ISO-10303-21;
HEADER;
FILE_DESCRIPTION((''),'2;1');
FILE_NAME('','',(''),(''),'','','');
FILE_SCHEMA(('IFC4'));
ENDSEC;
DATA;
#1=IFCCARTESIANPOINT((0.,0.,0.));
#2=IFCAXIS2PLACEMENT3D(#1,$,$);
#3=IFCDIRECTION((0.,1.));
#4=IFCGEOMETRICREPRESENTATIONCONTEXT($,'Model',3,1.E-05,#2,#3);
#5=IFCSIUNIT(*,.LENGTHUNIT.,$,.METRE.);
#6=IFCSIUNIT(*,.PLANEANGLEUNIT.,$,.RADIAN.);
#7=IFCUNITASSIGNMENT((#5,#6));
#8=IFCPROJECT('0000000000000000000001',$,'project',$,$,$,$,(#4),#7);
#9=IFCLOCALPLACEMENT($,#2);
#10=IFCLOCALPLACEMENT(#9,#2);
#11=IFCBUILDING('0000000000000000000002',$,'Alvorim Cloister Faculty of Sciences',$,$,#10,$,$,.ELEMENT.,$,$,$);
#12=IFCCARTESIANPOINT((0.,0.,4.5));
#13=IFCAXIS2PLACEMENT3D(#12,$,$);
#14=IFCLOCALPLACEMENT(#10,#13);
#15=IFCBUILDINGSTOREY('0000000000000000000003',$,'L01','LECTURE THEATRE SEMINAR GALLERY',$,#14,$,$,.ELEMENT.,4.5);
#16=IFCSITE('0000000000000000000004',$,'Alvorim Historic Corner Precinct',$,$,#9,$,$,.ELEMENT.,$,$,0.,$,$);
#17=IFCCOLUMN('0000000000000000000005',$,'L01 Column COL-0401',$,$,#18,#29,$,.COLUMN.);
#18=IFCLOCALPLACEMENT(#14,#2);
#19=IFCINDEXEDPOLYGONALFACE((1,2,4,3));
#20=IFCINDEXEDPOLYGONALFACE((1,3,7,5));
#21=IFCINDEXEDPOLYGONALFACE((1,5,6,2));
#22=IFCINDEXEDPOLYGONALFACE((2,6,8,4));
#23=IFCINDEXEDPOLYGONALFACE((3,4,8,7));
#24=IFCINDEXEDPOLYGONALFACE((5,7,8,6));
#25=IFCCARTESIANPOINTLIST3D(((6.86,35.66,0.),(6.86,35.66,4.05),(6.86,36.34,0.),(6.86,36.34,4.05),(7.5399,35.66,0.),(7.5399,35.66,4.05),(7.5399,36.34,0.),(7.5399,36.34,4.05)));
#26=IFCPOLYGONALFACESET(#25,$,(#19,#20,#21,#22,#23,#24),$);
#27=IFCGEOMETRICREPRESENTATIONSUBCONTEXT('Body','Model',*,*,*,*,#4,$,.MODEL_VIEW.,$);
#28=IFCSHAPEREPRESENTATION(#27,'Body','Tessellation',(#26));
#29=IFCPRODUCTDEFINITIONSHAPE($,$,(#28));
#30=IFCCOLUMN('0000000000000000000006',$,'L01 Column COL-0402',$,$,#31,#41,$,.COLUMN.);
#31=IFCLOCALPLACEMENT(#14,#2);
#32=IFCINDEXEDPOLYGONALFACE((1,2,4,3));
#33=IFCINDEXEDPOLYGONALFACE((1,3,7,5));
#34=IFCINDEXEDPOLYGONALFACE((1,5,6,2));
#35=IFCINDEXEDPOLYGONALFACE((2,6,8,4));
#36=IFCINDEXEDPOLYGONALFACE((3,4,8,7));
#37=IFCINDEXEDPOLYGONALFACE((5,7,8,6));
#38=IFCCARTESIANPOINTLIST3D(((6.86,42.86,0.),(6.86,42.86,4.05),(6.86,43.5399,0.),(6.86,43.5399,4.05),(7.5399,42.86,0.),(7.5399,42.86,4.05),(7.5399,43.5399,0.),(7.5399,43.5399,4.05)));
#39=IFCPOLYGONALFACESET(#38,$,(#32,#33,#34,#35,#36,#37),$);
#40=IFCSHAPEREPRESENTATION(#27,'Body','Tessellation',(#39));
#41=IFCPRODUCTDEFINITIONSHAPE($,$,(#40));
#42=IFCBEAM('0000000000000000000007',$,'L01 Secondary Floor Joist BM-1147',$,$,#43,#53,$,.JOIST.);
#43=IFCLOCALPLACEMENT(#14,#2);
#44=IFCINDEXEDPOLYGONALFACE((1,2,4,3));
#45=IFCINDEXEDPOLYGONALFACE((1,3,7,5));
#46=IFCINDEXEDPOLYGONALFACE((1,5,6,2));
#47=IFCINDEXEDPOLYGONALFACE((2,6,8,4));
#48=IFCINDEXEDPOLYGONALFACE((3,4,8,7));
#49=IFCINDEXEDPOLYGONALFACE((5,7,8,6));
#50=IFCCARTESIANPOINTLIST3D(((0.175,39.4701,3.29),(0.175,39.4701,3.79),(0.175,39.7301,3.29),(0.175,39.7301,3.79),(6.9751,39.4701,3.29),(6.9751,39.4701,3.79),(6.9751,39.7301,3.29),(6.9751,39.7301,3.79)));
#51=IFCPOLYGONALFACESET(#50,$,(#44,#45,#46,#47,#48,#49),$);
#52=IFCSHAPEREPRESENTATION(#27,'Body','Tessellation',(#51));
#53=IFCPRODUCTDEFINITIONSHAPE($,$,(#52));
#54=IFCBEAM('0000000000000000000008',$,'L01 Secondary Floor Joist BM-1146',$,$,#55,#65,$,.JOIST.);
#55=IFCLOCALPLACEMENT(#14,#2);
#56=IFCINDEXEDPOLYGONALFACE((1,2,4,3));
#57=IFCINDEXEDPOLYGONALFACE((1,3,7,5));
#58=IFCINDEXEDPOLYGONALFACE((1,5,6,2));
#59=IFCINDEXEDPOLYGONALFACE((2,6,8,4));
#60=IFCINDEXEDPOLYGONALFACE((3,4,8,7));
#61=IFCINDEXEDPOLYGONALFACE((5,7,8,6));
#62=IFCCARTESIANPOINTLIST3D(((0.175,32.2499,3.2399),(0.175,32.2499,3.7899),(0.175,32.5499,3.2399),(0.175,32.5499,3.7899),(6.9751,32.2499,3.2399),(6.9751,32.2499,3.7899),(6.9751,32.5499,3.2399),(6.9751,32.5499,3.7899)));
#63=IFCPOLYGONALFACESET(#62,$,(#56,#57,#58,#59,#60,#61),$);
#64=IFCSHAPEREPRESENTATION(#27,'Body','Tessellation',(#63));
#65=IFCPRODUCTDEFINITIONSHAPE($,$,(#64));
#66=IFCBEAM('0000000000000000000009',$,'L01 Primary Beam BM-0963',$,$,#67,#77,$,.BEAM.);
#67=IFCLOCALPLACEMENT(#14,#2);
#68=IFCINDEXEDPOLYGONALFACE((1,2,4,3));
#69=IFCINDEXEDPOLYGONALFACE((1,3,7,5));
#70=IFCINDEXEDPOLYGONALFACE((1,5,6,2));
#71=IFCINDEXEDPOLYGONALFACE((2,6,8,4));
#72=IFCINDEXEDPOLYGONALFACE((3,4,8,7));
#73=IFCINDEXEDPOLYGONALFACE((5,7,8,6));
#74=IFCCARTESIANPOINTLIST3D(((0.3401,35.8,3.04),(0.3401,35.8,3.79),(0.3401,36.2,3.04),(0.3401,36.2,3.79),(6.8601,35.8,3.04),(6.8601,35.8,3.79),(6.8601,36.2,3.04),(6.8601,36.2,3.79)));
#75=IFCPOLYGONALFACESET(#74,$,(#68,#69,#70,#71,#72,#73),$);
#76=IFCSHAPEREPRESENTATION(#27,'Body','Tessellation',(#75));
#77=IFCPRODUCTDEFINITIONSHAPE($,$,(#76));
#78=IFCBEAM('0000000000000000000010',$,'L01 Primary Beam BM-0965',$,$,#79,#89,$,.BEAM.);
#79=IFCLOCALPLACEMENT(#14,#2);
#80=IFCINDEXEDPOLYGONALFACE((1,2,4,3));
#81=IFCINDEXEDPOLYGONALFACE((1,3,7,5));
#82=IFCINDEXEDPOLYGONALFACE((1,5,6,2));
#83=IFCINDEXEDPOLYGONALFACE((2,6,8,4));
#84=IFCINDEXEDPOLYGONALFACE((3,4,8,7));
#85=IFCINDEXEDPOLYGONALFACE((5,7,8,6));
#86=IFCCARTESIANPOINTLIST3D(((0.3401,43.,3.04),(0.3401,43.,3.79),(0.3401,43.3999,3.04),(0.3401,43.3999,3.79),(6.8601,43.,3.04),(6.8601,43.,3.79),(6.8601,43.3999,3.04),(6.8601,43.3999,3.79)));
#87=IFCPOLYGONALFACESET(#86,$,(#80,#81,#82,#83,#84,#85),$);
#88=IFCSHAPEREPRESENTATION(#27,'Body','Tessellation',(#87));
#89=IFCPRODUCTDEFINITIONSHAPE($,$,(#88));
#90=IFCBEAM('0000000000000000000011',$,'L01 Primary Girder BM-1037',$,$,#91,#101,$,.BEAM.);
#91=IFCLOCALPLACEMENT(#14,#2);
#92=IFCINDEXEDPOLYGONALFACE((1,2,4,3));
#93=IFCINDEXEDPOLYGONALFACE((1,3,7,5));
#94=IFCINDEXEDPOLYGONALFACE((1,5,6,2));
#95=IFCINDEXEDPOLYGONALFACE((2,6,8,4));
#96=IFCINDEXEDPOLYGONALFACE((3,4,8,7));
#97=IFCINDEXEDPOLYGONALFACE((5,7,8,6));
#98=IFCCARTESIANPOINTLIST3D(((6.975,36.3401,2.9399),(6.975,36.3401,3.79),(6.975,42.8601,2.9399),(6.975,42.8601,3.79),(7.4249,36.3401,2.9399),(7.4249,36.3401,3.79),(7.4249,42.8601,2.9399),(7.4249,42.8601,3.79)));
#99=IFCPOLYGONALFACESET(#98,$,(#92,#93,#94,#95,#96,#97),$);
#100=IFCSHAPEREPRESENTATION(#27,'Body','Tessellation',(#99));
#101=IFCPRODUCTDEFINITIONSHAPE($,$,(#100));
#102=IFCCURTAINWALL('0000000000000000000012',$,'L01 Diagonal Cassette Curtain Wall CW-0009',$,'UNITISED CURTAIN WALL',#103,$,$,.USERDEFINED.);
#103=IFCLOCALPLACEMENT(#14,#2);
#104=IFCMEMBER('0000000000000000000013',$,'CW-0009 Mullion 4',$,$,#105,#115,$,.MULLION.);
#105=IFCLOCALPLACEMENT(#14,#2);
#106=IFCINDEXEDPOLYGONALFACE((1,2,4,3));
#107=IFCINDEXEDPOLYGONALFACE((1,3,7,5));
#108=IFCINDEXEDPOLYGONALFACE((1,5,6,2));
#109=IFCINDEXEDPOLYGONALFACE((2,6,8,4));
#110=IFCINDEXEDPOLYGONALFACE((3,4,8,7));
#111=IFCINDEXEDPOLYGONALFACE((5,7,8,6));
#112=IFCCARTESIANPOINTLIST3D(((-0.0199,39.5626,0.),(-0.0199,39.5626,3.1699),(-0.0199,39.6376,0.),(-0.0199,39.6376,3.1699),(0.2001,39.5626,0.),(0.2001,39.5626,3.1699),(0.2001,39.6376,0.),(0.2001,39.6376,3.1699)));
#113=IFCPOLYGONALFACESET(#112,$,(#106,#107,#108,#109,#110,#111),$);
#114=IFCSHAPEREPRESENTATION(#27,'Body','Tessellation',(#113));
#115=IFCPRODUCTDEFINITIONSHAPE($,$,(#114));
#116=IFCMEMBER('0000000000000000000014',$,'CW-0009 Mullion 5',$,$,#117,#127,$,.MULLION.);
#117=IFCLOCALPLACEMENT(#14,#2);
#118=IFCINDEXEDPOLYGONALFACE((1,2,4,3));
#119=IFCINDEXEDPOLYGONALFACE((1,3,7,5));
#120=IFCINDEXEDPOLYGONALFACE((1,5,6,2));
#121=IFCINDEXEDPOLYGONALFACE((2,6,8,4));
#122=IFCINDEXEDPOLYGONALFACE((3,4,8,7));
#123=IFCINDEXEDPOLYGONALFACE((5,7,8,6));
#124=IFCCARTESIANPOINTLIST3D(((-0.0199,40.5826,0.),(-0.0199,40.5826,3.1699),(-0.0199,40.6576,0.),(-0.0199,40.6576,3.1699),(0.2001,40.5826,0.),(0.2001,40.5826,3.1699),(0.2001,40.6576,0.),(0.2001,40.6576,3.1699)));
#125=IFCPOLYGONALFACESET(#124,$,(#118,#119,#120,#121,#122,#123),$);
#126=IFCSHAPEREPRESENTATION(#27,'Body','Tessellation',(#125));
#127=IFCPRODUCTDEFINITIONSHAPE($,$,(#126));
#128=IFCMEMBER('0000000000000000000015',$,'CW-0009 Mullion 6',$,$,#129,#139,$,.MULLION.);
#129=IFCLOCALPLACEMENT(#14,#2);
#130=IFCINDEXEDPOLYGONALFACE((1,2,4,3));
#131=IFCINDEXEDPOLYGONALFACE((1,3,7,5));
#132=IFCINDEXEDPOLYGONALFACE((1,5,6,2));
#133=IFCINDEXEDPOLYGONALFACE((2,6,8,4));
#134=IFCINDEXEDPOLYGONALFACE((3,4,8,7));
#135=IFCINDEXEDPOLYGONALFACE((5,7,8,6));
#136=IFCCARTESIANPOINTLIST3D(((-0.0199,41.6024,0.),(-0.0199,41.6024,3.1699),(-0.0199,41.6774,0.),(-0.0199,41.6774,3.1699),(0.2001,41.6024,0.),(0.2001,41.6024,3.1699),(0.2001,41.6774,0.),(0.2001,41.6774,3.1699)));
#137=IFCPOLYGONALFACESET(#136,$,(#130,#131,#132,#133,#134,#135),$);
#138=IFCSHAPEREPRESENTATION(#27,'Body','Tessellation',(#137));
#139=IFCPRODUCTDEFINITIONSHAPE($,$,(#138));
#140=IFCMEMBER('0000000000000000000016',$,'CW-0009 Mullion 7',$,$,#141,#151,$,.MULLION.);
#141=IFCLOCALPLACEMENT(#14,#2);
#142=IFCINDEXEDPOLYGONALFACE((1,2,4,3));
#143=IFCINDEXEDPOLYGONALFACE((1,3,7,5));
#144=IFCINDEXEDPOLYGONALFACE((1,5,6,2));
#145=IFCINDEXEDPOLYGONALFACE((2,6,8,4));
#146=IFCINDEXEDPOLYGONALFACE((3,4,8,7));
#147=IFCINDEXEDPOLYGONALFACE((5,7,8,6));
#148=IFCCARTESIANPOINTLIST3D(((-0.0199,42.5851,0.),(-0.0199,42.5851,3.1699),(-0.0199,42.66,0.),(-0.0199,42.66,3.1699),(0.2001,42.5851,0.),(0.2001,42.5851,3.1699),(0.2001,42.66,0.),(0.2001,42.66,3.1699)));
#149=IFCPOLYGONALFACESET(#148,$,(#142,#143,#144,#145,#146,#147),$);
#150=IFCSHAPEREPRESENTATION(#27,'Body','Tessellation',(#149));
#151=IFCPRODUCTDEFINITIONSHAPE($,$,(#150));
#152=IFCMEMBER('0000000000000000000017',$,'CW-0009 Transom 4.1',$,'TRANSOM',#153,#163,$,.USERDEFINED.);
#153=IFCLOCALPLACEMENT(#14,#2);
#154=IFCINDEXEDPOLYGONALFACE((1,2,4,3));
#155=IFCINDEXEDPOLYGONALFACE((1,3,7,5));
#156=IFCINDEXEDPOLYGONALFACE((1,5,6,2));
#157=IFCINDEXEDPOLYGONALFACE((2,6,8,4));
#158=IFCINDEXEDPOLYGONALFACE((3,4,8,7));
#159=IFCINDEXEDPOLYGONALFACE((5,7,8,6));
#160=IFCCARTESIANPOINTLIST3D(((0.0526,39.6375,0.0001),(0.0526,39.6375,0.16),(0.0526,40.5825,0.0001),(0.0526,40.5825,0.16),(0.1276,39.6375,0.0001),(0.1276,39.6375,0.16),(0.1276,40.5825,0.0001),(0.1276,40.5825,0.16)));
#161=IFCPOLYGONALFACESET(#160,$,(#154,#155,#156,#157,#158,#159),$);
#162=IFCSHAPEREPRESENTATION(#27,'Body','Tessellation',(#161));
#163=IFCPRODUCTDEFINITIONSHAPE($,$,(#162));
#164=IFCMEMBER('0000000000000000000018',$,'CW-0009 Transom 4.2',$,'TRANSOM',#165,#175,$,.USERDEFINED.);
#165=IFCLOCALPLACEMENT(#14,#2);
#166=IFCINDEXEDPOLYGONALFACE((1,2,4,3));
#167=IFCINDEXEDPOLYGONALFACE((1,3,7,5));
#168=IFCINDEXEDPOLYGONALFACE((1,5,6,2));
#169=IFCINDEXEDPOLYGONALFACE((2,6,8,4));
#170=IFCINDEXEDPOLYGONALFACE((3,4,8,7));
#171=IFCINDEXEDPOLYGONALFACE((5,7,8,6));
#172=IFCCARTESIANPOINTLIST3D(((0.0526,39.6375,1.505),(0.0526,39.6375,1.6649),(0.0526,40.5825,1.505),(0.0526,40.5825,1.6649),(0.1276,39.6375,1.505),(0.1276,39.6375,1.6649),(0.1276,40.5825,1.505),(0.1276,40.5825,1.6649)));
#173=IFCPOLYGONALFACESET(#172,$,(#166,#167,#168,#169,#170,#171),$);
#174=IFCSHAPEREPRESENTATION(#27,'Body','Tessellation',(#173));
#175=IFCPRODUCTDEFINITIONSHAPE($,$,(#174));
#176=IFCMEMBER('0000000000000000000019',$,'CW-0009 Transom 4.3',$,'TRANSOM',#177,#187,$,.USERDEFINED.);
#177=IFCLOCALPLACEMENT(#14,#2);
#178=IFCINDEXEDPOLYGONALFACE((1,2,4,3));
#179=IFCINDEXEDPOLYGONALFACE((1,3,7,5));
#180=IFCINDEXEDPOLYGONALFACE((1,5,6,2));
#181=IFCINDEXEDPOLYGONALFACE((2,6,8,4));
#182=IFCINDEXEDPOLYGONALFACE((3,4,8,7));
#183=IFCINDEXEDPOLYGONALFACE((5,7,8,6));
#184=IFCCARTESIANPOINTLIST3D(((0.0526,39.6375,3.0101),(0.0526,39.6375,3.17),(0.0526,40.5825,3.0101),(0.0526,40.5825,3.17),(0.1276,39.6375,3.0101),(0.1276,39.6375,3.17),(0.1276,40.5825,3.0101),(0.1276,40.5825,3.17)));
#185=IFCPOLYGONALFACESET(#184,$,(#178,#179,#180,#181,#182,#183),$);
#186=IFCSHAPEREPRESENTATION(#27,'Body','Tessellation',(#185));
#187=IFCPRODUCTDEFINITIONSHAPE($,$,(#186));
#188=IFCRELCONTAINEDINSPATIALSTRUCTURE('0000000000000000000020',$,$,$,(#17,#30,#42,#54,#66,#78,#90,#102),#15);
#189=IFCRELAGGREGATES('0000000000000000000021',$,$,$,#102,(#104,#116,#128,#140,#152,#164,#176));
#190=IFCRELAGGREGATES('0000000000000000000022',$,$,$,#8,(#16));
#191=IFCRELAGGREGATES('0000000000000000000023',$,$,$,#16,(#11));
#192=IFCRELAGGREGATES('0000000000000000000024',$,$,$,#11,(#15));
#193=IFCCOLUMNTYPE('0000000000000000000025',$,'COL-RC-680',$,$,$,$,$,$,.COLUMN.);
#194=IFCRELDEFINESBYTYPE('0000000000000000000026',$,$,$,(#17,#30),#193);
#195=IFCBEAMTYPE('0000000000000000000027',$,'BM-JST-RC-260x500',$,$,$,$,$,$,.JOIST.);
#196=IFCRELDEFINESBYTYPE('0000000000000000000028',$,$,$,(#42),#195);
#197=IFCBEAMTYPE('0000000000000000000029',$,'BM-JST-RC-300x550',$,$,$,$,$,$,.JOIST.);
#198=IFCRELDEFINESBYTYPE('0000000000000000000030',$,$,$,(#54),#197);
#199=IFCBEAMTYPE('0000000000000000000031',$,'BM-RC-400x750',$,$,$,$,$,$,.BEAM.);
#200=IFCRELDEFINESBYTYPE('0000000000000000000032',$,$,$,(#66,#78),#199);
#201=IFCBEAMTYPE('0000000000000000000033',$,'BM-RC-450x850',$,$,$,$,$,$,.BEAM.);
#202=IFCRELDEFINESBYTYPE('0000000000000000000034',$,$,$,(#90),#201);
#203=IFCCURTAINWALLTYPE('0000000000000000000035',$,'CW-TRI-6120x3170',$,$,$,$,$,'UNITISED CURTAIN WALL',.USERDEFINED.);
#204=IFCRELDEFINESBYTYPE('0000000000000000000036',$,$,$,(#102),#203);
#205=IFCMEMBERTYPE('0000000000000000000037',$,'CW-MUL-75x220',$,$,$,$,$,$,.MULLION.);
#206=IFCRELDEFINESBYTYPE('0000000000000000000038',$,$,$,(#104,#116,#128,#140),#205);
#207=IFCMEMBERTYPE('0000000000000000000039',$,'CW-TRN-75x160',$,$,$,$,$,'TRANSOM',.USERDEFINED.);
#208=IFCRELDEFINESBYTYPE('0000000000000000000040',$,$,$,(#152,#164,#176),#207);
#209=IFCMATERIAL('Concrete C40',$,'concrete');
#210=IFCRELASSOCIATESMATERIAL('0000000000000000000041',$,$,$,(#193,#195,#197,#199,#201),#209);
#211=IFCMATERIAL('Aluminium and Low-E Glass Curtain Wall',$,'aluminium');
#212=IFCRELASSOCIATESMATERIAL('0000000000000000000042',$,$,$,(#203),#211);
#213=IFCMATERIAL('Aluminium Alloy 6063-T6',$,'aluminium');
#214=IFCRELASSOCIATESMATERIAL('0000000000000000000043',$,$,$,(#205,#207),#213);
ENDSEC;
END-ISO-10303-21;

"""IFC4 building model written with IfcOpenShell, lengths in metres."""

from ifc_helpers import new_model, si_unit, direction, frame, origin, origin_2d, place, context, subcontext, project, spatial, rectangle, extrude, material, material_profile, profile_set, type_object, element, aggregate, save


model = new_model("IFC4")

# Units and contexts
model_context = context("Model", 3, precision=1e-05, world=origin(), true_north=direction((0.0, 1.0)))
body_context = subcontext(model_context, "Body", "Model", "MODEL_VIEW")
ifc_project = project(units=[si_unit("LENGTHUNIT", "METRE"), si_unit("PLANEANGLEUNIT", "RADIAN")], contexts=[model_context])

# Site, building, storey
site_placement = place(None, origin())
site = spatial("IfcSite", under=ifc_project, at=site_placement, Name="Alvorim Historic Corner Precinct", CompositionType="ELEMENT", RefElevation=0.0)
building_placement = place(site_placement, origin())
building = spatial("IfcBuilding", under=site, at=building_placement, Name="Alvorim Cloister Faculty of Sciences", CompositionType="ELEMENT")
storey_placement = place(building_placement, frame((0.0, 0.0, 4.5)))
storey = spatial("IfcBuildingStorey", under=building, at=storey_placement, Name="L01", Description="LECTURE THEATRE SEMINAR GALLERY", CompositionType="ELEMENT", Elevation=4.5)

# Columns
ifc_material_1 = material(Name="Concrete C40", Category="concrete")
ifc_material_profile_1 = material_profile(ifc_material_1, rectangle(XDim=0.6799, YDim=0.6799, at=origin_2d()), Name="RC40-COL-680x680")
ifc_profile_set_1 = profile_set([ifc_material_profile_1], Name="Concrete C40")
column_type = type_object("IfcColumnType", Name="COL-RC-680", PredefinedType="COLUMN", material=ifc_profile_set_1)
for number, where, z_axis, x_axis, name in (
    (1, (7.2, 36.0, 0.0), (0.0, 0.0, 1.0), (1.0, 0.0, 0.0), "L01 Column COL-0401"),
    (2, (7.2, 43.2, 0.0), (0.0, 0.0, 1.0), (1.0, 0.0, 0.0), "L01 Column COL-0402"),
):
    element("IfcColumn", number, at=place(storey_placement, frame(where, z_axis=z_axis, x_axis=x_axis)), inside=storey, type_object=column_type, Name=name, PredefinedType="COLUMN", context=body_context, shape_type="SweptSolid", body=[
        extrude(rectangle(XDim=0.6799, YDim=0.6799, at=origin_2d()), origin(), (0.0, 0.0, 1.0), 4.05),
    ])

# Beams
ifc_material_profile_2 = material_profile(ifc_material_1, rectangle(XDim=0.26, YDim=0.5, at=origin_2d()), Name="RC40-JST-260x500")
ifc_profile_set_2 = profile_set([ifc_material_profile_2], Name="Concrete C40")
beam_type_1 = type_object("IfcBeamType", Name="BM-JST-RC-260x500", PredefinedType="JOIST", material=ifc_profile_set_2)
beam_1_placement = place(storey_placement, frame((0.175, 39.6001, 3.54), z_axis=(1.0, 0.0, 0.0), x_axis=(0.0, 1.0, 0.0)))
element("IfcBeam", 3, at=beam_1_placement, inside=storey, type_object=beam_type_1, Name="L01 Secondary Floor Joist BM-1147", PredefinedType="JOIST", context=body_context, shape_type="SweptSolid", body=[
    extrude(rectangle(XDim=0.26, YDim=0.5, at=origin_2d()), origin(), (0.0, 0.0, 1.0), 6.8),
])
ifc_material_profile_3 = material_profile(ifc_material_1, rectangle(XDim=0.3, YDim=0.55, at=origin_2d()), Name="RC40-JST-300x550")
ifc_profile_set_3 = profile_set([ifc_material_profile_3], Name="Concrete C40")
beam_type_2 = type_object("IfcBeamType", Name="BM-JST-RC-300x550", PredefinedType="JOIST", material=ifc_profile_set_3)
beam_2_placement = place(storey_placement, frame((0.175, 32.3999, 3.5149), z_axis=(1.0, 0.0, 0.0), x_axis=(0.0, 1.0, 0.0)))
element("IfcBeam", 4, at=beam_2_placement, inside=storey, type_object=beam_type_2, Name="L01 Secondary Floor Joist BM-1146", PredefinedType="JOIST", context=body_context, shape_type="SweptSolid", body=[
    extrude(rectangle(XDim=0.3, YDim=0.55, at=origin_2d()), origin(), (0.0, 0.0, 1.0), 6.8),
])
ifc_material_profile_4 = material_profile(ifc_material_1, rectangle(XDim=0.3999, YDim=0.75, at=origin_2d()), Name="RC40-BM-400x750")
ifc_profile_set_4 = profile_set([ifc_material_profile_4], Name="Concrete C40")
beam_type_3 = type_object("IfcBeamType", Name="BM-RC-400x750", PredefinedType="BEAM", material=ifc_profile_set_4)
for number, where, z_axis, x_axis, name in (
    (5, (0.3401, 36.0, 3.415), (1.0, 0.0, 0.0), (0.0, 1.0, 0.0), "L01 Primary Beam BM-0963"),
    (6, (0.3401, 43.2, 3.415), (1.0, 0.0, 0.0), (0.0, 1.0, 0.0), "L01 Primary Beam BM-0965"),
):
    element("IfcBeam", number, at=place(storey_placement, frame(where, z_axis=z_axis, x_axis=x_axis)), inside=storey, type_object=beam_type_3, Name=name, PredefinedType="BEAM", context=body_context, shape_type="SweptSolid", body=[
        extrude(rectangle(XDim=0.3999, YDim=0.75, at=origin_2d()), origin(), (0.0, 0.0, 1.0), 6.52),
    ])
ifc_material_profile_5 = material_profile(ifc_material_1, rectangle(XDim=0.45, YDim=0.8501, at=origin_2d()), Name="RC40-BM-450x850")
ifc_profile_set_5 = profile_set([ifc_material_profile_5], Name="Concrete C40")
beam_type_4 = type_object("IfcBeamType", Name="BM-RC-450x850", PredefinedType="BEAM", material=ifc_profile_set_5)
beam_3_placement = place(storey_placement, frame((7.2, 36.3401, 3.365), z_axis=(0.0, 1.0, 0.0), x_axis=(-1.0, 0.0, 0.0)))
element("IfcBeam", 7, at=beam_3_placement, inside=storey, type_object=beam_type_4, Name="L01 Primary Girder BM-1037", PredefinedType="BEAM", context=body_context, shape_type="SweptSolid", body=[
    extrude(rectangle(XDim=0.45, YDim=0.8501, at=origin_2d()), origin(), (0.0, 0.0, 1.0), 6.52),
])

# Curtain wall, members
ifc_material_2 = material(Name="Aluminium and Low-E Glass Curtain Wall", Category="aluminium")
curtain_wall_type = type_object("IfcCurtainWallType", Name="CW-TRI-6120x3170", ElementType="UNITISED CURTAIN WALL", PredefinedType="USERDEFINED", material=ifc_material_2)
curtain_wall_placement = place(storey_placement, origin())
curtain_wall = element("IfcCurtainWall", 8, at=curtain_wall_placement, inside=storey, type_object=curtain_wall_type, Name="L01 Diagonal Cassette Curtain Wall CW-0009", ObjectType="UNITISED CURTAIN WALL", PredefinedType="USERDEFINED")
ifc_material_3 = material(Name="Aluminium Alloy 6063-T6", Category="aluminium")
ifc_material_profile_6 = material_profile(ifc_material_3, rectangle(XDim=0.075, YDim=0.22, at=origin_2d()), Name="ALU-MUL-75x220")
ifc_profile_set_6 = profile_set([ifc_material_profile_6], Name="Aluminium Alloy 6063-T6")
member_type_1 = type_object("IfcMemberType", Name="CW-MUL-75x220", PredefinedType="MULLION", material=ifc_profile_set_6)
member_1_placement = place(storey_placement, frame((0.0901, 39.6001, 0.0), z_axis=(0.0, 0.0, 1.0), x_axis=(0.0, 1.0, 0.0)))
member_1 = element("IfcMember", 9, at=member_1_placement, type_object=member_type_1, Name="CW-0009 Mullion 4", PredefinedType="MULLION", context=body_context, shape_type="SweptSolid", body=[
    extrude(rectangle(XDim=0.075, YDim=0.22, at=origin_2d()), origin(), (0.0, 0.0, 1.0), 3.1699),
])
member_2_placement = place(storey_placement, frame((0.0901, 40.6201, 0.0), z_axis=(0.0, 0.0, 1.0), x_axis=(0.0, 1.0, 0.0)))
member_2 = element("IfcMember", 10, at=member_2_placement, type_object=member_type_1, Name="CW-0009 Mullion 5", PredefinedType="MULLION", context=body_context, shape_type="SweptSolid", body=[
    extrude(rectangle(XDim=0.075, YDim=0.22, at=origin_2d()), origin(), (0.0, 0.0, 1.0), 3.1699),
])
member_3_placement = place(storey_placement, frame((0.0901, 41.6399, 0.0), z_axis=(0.0, 0.0, 1.0), x_axis=(0.0, 1.0, 0.0)))
member_3 = element("IfcMember", 11, at=member_3_placement, type_object=member_type_1, Name="CW-0009 Mullion 6", PredefinedType="MULLION", context=body_context, shape_type="SweptSolid", body=[
    extrude(rectangle(XDim=0.075, YDim=0.22, at=origin_2d()), origin(), (0.0, 0.0, 1.0), 3.1699),
])
member_4_placement = place(storey_placement, frame((0.0901, 42.6226, 0.0), z_axis=(0.0, 0.0, 1.0), x_axis=(0.0, 1.0, 0.0)))
member_4 = element("IfcMember", 12, at=member_4_placement, type_object=member_type_1, Name="CW-0009 Mullion 7", PredefinedType="MULLION", context=body_context, shape_type="SweptSolid", body=[
    extrude(rectangle(XDim=0.075, YDim=0.22, at=origin_2d()), origin(), (0.0, 0.0, 1.0), 3.1699),
])
ifc_material_profile_7 = material_profile(ifc_material_3, rectangle(XDim=0.075, YDim=0.1599, at=origin_2d()), Name="ALU-TRN-75x160")
ifc_profile_set_7 = profile_set([ifc_material_profile_7], Name="Aluminium Alloy 6063-T6")
member_type_2 = type_object("IfcMemberType", Name="CW-TRN-75x160", ElementType="TRANSOM", PredefinedType="USERDEFINED", material=ifc_profile_set_7)
member_5_placement = place(storey_placement, frame((0.0901, 39.6375, 0.0801), z_axis=(0.0, 1.0, 0.0), x_axis=(-1.0, 0.0, 0.0)))
member_5 = element("IfcMember", 13, at=member_5_placement, type_object=member_type_2, Name="CW-0009 Transom 4.1", ObjectType="TRANSOM", PredefinedType="USERDEFINED", context=body_context, shape_type="SweptSolid", body=[
    extrude(rectangle(XDim=0.075, YDim=0.1599, at=origin_2d()), origin(), (0.0, 0.0, 1.0), 0.9451),
])
member_6_placement = place(storey_placement, frame((0.0901, 39.6375, 1.585), z_axis=(0.0, 1.0, 0.0), x_axis=(-1.0, 0.0, 0.0)))
member_6 = element("IfcMember", 14, at=member_6_placement, type_object=member_type_2, Name="CW-0009 Transom 4.2", ObjectType="TRANSOM", PredefinedType="USERDEFINED", context=body_context, shape_type="SweptSolid", body=[
    extrude(rectangle(XDim=0.075, YDim=0.1599, at=origin_2d()), origin(), (0.0, 0.0, 1.0), 0.9451),
])
member_7_placement = place(storey_placement, frame((0.0901, 39.6375, 3.0901), z_axis=(0.0, 1.0, 0.0), x_axis=(-1.0, 0.0, 0.0)))
member_7 = element("IfcMember", 15, at=member_7_placement, type_object=member_type_2, Name="CW-0009 Transom 4.3", ObjectType="TRANSOM", PredefinedType="USERDEFINED", context=body_context, shape_type="SweptSolid", body=[
    extrude(rectangle(XDim=0.075, YDim=0.1599, at=origin_2d()), origin(), (0.0, 0.0, 1.0), 0.9451),
])
aggregate(curtain_wall, [member_1, member_2, member_3, member_4, member_5, member_6, member_7])

save(model, "model.ifc")
